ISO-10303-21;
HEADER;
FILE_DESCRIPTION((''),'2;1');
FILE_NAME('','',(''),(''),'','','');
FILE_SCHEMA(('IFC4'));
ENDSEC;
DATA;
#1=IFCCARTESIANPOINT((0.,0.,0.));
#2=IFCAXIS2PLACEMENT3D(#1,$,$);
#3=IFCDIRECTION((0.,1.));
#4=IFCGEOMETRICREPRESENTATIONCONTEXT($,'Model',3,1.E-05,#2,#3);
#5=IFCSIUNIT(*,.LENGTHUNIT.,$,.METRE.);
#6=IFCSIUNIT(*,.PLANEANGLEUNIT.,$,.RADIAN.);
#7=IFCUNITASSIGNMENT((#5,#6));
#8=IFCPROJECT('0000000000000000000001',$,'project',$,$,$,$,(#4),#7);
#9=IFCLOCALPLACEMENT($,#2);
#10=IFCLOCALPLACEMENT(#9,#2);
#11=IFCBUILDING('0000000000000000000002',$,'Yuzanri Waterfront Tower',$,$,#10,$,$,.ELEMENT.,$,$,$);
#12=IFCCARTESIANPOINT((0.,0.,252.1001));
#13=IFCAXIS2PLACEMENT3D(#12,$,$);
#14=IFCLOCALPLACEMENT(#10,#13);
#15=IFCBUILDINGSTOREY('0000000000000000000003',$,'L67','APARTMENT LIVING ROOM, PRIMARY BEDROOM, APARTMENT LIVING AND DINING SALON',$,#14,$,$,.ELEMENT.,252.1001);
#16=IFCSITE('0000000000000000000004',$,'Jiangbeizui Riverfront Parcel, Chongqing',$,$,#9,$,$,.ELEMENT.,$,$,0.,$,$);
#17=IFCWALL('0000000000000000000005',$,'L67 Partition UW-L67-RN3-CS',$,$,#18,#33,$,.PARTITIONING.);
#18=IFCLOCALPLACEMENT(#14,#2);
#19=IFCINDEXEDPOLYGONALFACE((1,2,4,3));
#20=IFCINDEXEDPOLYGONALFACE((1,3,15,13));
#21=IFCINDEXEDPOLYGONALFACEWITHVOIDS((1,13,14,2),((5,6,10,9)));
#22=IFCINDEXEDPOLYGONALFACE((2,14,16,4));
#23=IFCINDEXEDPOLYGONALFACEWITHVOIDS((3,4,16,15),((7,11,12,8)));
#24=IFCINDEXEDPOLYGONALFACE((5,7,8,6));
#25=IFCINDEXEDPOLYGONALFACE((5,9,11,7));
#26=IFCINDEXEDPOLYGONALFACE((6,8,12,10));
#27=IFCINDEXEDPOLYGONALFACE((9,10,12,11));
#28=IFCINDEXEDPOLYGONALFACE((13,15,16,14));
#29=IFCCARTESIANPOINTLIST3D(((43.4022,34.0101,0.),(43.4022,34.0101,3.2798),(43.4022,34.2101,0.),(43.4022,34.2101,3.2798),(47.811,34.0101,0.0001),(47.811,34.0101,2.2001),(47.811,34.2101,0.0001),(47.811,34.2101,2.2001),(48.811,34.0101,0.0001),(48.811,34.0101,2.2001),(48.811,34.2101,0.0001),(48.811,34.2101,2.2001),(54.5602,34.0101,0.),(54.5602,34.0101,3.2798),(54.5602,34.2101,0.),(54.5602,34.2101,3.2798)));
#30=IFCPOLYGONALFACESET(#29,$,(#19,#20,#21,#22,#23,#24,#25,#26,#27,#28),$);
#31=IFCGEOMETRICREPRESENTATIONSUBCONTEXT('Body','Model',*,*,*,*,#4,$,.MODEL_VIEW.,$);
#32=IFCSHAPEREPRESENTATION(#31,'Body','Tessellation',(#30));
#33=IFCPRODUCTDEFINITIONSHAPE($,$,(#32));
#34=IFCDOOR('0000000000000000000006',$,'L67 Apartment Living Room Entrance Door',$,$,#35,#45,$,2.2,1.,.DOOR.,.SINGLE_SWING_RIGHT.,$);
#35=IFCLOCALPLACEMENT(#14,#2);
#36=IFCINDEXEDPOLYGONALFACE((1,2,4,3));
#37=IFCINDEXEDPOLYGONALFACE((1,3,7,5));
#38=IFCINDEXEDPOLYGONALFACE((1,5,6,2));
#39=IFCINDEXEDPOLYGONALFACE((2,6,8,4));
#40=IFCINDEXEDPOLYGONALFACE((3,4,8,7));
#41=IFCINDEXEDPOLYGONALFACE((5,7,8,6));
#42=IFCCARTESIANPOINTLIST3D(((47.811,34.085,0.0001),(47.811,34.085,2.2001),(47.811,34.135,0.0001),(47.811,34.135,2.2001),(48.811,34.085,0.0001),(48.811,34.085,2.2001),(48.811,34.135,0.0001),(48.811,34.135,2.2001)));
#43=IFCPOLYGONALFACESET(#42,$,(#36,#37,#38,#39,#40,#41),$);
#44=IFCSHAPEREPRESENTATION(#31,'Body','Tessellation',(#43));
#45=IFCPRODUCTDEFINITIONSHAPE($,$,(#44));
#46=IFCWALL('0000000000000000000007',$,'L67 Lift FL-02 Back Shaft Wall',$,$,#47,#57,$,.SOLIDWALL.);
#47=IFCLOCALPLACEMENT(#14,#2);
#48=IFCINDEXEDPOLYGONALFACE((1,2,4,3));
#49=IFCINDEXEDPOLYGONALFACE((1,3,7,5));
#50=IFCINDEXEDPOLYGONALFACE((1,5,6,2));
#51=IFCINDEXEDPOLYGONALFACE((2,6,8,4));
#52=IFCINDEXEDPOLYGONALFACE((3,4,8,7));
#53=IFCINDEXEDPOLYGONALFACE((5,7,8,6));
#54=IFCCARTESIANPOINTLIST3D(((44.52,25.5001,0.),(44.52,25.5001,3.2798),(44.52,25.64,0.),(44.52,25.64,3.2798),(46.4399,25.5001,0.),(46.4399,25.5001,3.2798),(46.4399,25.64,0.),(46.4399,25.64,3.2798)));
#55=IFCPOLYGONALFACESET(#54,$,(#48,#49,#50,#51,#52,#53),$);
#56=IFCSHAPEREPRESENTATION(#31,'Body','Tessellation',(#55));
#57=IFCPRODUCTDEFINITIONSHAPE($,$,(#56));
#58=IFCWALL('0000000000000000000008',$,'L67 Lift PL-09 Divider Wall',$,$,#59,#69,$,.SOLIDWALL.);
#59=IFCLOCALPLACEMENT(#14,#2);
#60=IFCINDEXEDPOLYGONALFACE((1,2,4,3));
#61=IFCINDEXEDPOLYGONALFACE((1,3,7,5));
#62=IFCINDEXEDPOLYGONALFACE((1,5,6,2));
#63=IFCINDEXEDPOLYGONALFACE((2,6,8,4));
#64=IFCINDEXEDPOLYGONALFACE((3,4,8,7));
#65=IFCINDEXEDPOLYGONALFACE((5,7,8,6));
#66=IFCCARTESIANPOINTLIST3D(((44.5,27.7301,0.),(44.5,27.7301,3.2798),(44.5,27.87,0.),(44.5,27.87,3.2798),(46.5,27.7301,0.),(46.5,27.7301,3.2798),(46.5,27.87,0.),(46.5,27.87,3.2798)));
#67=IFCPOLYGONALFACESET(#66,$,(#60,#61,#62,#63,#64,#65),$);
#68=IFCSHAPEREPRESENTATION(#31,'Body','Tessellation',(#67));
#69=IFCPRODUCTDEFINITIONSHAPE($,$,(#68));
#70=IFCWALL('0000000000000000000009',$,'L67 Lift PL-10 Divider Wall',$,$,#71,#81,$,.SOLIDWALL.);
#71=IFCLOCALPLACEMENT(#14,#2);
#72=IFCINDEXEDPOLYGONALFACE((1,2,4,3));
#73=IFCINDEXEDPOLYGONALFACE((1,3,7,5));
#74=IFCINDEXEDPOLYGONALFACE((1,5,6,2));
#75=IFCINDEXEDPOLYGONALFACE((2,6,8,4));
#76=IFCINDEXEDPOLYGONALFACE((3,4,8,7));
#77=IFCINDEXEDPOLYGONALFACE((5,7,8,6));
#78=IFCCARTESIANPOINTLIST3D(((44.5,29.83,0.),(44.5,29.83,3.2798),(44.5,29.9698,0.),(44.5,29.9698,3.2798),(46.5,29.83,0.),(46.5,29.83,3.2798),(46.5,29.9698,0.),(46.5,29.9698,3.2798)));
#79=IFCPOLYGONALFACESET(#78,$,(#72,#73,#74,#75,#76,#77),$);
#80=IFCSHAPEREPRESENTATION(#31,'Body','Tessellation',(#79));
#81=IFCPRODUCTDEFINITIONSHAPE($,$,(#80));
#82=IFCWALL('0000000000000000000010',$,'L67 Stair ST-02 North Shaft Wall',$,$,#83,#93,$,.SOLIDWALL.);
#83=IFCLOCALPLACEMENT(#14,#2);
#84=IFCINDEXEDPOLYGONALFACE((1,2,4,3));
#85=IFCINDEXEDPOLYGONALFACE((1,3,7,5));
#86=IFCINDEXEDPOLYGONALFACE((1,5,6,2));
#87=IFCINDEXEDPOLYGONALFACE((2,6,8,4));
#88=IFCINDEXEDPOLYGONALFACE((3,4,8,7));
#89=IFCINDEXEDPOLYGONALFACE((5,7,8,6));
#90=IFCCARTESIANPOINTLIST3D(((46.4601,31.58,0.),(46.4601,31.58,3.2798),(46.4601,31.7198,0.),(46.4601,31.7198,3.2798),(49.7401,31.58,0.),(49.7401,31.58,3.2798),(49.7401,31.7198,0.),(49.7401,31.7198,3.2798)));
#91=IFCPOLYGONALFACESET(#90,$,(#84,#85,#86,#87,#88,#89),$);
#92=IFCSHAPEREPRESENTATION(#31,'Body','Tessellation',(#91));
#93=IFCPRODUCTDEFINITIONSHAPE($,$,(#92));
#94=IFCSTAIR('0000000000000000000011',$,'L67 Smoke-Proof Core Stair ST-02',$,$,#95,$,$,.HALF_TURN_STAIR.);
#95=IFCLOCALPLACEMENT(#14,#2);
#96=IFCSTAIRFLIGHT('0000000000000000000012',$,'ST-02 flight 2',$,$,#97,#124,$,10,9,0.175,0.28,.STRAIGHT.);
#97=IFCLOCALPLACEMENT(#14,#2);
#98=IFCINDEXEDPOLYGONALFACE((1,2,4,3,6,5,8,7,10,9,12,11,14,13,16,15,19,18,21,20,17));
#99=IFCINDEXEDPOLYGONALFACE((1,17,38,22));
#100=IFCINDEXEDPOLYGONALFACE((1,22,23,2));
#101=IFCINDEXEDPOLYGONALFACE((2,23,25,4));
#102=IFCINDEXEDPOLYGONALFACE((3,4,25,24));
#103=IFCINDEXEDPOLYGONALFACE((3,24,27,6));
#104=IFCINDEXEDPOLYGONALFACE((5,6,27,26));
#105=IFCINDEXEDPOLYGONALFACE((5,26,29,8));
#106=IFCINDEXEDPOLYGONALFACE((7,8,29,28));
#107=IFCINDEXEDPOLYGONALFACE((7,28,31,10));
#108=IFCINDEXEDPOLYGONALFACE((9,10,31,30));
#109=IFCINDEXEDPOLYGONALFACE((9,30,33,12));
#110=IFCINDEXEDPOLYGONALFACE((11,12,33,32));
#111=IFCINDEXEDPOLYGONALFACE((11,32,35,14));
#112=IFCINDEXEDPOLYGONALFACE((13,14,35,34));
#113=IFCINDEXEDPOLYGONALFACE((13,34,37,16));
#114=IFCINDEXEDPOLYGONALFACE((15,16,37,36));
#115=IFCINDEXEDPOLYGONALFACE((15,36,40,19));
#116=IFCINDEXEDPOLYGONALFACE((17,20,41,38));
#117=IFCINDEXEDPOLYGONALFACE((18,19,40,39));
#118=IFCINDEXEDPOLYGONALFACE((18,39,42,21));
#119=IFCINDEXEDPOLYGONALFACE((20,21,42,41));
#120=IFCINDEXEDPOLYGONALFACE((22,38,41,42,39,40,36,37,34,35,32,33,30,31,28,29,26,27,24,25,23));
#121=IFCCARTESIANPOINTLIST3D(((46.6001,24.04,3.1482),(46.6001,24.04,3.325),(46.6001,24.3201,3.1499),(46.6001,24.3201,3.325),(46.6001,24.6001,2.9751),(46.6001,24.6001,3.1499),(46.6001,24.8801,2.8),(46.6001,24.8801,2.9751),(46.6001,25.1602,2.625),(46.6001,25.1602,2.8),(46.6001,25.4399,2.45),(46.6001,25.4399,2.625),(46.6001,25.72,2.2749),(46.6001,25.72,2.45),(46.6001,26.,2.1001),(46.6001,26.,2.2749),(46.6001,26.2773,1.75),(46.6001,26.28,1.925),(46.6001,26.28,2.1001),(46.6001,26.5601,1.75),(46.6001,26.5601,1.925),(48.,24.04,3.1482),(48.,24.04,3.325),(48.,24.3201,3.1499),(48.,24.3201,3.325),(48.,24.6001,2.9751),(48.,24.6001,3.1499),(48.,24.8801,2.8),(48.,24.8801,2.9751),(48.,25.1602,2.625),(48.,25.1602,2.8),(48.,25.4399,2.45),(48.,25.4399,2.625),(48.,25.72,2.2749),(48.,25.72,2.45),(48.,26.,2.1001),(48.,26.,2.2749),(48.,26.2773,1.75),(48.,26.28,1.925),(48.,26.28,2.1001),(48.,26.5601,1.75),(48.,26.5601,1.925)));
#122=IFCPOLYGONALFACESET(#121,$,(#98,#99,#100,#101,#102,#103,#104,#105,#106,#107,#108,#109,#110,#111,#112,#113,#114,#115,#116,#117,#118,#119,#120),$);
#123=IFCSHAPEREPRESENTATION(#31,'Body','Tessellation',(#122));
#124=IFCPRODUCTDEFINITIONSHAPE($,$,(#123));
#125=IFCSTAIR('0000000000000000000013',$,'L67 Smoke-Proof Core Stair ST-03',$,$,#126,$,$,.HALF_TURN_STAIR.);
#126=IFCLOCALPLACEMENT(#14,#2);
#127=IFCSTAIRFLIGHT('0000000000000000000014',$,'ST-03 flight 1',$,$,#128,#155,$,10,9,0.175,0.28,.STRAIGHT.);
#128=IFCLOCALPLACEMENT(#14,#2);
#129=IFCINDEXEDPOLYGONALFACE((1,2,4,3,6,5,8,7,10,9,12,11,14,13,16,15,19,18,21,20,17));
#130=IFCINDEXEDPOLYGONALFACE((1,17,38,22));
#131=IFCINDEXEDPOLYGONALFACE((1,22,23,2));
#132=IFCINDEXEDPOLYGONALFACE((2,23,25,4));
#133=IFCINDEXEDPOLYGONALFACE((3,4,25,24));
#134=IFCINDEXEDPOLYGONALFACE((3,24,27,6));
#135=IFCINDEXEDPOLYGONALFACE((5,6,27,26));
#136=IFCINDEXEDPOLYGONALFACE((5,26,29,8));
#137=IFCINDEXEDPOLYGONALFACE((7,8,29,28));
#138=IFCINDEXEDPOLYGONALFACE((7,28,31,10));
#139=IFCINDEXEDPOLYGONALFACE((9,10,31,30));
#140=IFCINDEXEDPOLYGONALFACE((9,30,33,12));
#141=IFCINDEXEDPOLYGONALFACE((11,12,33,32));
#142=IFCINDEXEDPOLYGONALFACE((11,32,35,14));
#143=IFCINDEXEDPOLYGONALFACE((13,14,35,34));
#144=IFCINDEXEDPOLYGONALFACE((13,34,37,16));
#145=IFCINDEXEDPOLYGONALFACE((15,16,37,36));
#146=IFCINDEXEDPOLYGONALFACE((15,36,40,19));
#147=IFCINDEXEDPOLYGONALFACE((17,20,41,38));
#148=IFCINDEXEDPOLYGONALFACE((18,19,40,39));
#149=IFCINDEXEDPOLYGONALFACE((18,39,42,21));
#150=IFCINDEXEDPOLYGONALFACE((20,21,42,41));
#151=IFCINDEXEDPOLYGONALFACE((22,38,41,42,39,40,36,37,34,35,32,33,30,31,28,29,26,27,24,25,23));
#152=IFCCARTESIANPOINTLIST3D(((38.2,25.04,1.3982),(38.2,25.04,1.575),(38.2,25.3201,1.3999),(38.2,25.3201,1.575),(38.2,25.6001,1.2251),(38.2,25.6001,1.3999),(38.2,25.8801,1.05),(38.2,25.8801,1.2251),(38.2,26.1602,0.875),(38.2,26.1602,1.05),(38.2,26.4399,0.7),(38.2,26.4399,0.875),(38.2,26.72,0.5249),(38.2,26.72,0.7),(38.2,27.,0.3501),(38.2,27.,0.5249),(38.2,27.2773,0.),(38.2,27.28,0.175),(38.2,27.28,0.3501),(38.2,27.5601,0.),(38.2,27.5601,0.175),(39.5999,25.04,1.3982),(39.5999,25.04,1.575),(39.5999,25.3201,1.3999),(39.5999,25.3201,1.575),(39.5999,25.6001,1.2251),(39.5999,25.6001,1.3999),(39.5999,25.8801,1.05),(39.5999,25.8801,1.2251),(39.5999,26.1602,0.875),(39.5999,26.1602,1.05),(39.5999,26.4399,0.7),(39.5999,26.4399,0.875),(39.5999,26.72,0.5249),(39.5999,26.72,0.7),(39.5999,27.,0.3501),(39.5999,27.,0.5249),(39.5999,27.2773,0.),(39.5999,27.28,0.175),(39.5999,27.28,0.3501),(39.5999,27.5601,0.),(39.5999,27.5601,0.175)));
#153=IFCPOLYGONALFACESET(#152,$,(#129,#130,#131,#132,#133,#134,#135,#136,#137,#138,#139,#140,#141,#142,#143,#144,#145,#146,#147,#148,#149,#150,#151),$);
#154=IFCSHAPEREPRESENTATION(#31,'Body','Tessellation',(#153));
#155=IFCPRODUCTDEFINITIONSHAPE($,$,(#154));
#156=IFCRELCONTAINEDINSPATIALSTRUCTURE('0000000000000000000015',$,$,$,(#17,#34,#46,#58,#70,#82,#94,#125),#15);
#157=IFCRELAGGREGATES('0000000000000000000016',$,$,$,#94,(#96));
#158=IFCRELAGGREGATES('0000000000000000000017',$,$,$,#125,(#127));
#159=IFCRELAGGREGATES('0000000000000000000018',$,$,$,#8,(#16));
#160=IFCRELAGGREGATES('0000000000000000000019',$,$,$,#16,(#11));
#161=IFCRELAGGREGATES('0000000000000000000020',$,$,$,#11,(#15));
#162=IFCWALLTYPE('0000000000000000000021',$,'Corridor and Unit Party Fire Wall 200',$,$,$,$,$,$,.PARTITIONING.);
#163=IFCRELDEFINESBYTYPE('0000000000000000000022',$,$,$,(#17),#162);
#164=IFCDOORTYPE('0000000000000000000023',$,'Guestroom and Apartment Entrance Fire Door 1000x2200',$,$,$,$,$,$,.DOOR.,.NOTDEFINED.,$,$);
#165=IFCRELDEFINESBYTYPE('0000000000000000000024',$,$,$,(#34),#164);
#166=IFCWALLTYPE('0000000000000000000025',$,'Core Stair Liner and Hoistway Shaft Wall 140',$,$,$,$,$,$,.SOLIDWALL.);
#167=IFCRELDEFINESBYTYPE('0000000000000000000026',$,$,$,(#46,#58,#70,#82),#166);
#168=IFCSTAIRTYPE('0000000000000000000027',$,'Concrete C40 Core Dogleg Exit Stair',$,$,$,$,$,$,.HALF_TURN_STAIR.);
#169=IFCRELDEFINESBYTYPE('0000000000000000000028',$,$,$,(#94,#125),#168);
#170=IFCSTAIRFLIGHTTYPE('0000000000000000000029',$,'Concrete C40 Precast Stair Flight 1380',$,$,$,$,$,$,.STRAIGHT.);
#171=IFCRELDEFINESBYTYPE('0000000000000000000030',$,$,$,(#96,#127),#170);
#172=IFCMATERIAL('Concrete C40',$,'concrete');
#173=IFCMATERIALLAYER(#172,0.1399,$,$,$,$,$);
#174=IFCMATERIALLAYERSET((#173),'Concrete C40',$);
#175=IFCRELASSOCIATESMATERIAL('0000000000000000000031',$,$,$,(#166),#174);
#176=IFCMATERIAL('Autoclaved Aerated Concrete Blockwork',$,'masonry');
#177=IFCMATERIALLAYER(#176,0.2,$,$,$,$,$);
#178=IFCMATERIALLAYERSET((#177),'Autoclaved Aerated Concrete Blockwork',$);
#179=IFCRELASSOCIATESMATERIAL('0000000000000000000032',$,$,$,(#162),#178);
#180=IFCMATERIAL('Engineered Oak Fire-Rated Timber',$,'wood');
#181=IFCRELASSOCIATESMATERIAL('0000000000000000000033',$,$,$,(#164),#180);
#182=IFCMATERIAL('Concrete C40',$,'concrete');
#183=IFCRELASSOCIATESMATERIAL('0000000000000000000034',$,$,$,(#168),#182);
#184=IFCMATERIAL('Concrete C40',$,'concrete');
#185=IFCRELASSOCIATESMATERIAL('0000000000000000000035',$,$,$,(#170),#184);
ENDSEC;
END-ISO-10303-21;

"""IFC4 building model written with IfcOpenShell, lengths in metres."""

from ifc_helpers import new_model, si_unit, direction, frame, frame_2d, origin, place, context, subcontext, project, spatial, polyline, rectangle, outline, extrude, source, transform, mapped, material, layer, layer_set, type_object, element, fill, aggregate, save


model = new_model("IFC4")

# Units and contexts
model_context = context("Model", 3, precision=1e-05, world=origin(), true_north=direction((0.0, 1.0)))
body_context = subcontext(model_context, "Body", "Model", "MODEL_VIEW")
ifc_project = project(units=[si_unit("LENGTHUNIT", "METRE"), si_unit("PLANEANGLEUNIT", "RADIAN")], contexts=[model_context])

# Site, building, storey
site_placement = place(None, origin())
site = spatial("IfcSite", under=ifc_project, at=site_placement, Name="Jiangbeizui Riverfront Parcel, Chongqing", CompositionType="ELEMENT", RefElevation=0.0)
building_placement = place(site_placement, origin())
building = spatial("IfcBuilding", under=site, at=building_placement, Name="Yuzanri Waterfront Tower", CompositionType="ELEMENT")
storey_placement = place(building_placement, frame((0.0, 0.0, 252.1001)))
storey = spatial("IfcBuildingStorey", under=building, at=storey_placement, Name="L67", Description="APARTMENT LIVING ROOM, PRIMARY BEDROOM, APARTMENT LIVING AND DINING SALON", CompositionType="ELEMENT", Elevation=252.1001)

# Wall, opening, door
ifc_material_1 = material(Name="Concrete C40", Category="concrete")
ifc_layer_1 = layer(ifc_material_1, 0.1399)
ifc_layer_set_1 = layer_set([ifc_layer_1], Name="Concrete C40")
wall_type_1 = type_object("IfcWallType", Name="Core Stair Liner and Hoistway Shaft Wall 140", PredefinedType="SOLIDWALL", material=ifc_layer_set_1)
ifc_material_2 = material(Name="Autoclaved Aerated Concrete Blockwork", Category="masonry")
ifc_layer_2 = layer(ifc_material_2, 0.2)
ifc_layer_set_2 = layer_set([ifc_layer_2], Name="Autoclaved Aerated Concrete Blockwork")
wall_type_2 = type_object("IfcWallType", Name="Corridor and Unit Party Fire Wall 200", PredefinedType="PARTITIONING", material=ifc_layer_set_2)
wall_1_placement = place(storey_placement, frame((43.4021, 34.1101, 0.0), z_axis=(0.0, 0.0, 1.0), x_axis=(1.0, 0.0, 0.0)))
wall_1 = element("IfcWall", 1, at=wall_1_placement, inside=storey, type_object=wall_type_2, Name="L67 Partition UW-L67-RN3-CS", PredefinedType="PARTITIONING", context=body_context, shape_type="SweptSolid", body=[
    extrude(rectangle(XDim=11.158, YDim=0.2, at=frame_2d((5.5791, 0.0))), origin(), (0.0, 0.0, 1.0), 3.2798),
])
opening_1_placement = place(wall_1_placement, frame((4.4089, 0.0, 0.0)))
opening_1 = element("IfcOpeningElement", 2, at=opening_1_placement, cuts=wall_1, PredefinedType="OPENING", context=body_context, shape_type="SweptSolid", body=[
    extrude(rectangle(XDim=1.0, YDim=2.2, at=frame_2d((0.5, 1.1001))), frame((0.0, 0.1147, 0.0), z_axis=(0.0, -1.0, 0.0), x_axis=(1.0, 0.0, 0.0)), (0.0, 0.0, 1.0), 0.2297),
])
ifc_material_3 = material(Name="Engineered Oak Fire-Rated Timber", Category="wood")
door_type_1 = type_object("IfcDoorType", Name="Guestroom and Apartment Entrance Fire Door 1000x2200", OperationType="NOTDEFINED", PredefinedType="DOOR", material=ifc_material_3)
shared_shape_1 = source(origin(), body_context, "Body", "SweptSolid", [
    extrude(rectangle(XDim=1.0, YDim=2.2, at=frame_2d((0.5, 1.1001))), frame((0.0, 0.0249, 0.0), z_axis=(0.0, -1.0, 0.0), x_axis=(1.0, 0.0, 0.0)), (0.0, 0.0, 1.0), 0.05),
])
door_1_placement = place(opening_1_placement, origin())
door_1 = element("IfcDoor", 3, at=door_1_placement, inside=storey, type_object=door_type_1, Name="L67 Apartment Living Room Entrance Door", OperationType="SINGLE_SWING_RIGHT", OverallHeight=2.2, OverallWidth=1.0, PredefinedType="DOOR", context=body_context, shape_type="MappedRepresentation", body=[
    mapped(shared_shape_1, transform((0.0, 0.0, 0.0), scale=1.0)),
])
fill(opening_1, door_1)

# Walls
shared_shape_2 = source(origin(), body_context, "Body", "SweptSolid", [
    extrude(rectangle(XDim=1.9199, YDim=0.1399, at=frame_2d((0.96, 0.0))), origin(), (0.0, 0.0, 1.0), 3.2798),
])
wall_2_placement = place(storey_placement, frame((44.52, 25.5701, 0.0), z_axis=(0.0, 0.0, 1.0), x_axis=(1.0, 0.0, 0.0)))
element("IfcWall", 4, at=wall_2_placement, inside=storey, type_object=wall_type_1, Name="L67 Lift FL-02 Back Shaft Wall", PredefinedType="SOLIDWALL", context=body_context, shape_type="MappedRepresentation", body=[
    mapped(shared_shape_2, transform((0.0, 0.0, 0.0), scale=1.0)),
])
shared_shape_3 = source(origin(), body_context, "Body", "SweptSolid", [
    extrude(rectangle(XDim=2.0, YDim=0.1399, at=frame_2d((1.0, 0.0))), origin(), (0.0, 0.0, 1.0), 3.2798),
])
for number, where, z_axis, x_axis, name in (
    (5, (44.5, 27.8, 0.0), (0.0, 0.0, 1.0), (1.0, 0.0, 0.0), "L67 Lift PL-09 Divider Wall"),
    (6, (44.5, 29.8999, 0.0), (0.0, 0.0, 1.0), (1.0, 0.0, 0.0), "L67 Lift PL-10 Divider Wall"),
):
    element("IfcWall", number, at=place(storey_placement, frame(where, z_axis=z_axis, x_axis=x_axis)), inside=storey, type_object=wall_type_1, Name=name, PredefinedType="SOLIDWALL", context=body_context, shape_type="MappedRepresentation", body=[
        mapped(shared_shape_3, transform((0.0, 0.0, 0.0), scale=1.0)),
    ])
shared_shape_4 = source(origin(), body_context, "Body", "SweptSolid", [
    extrude(rectangle(XDim=3.28, YDim=0.1399, at=frame_2d((1.6401, 0.0))), origin(), (0.0, 0.0, 1.0), 3.2798),
])
wall_3_placement = place(storey_placement, frame((46.46, 31.6499, 0.0), z_axis=(0.0, 0.0, 1.0), x_axis=(1.0, 0.0, 0.0)))
element("IfcWall", 7, at=wall_3_placement, inside=storey, type_object=wall_type_1, Name="L67 Stair ST-02 North Shaft Wall", PredefinedType="SOLIDWALL", context=body_context, shape_type="MappedRepresentation", body=[
    mapped(shared_shape_4, transform((0.0, 0.0, 0.0), scale=1.0)),
])

# Stairs, stair flights
ifc_material_4 = material(Name="Concrete C40", Category="concrete")
stair_type = type_object("IfcStairType", Name="Concrete C40 Core Dogleg Exit Stair", PredefinedType="HALF_TURN_STAIR", material=ifc_material_4)
stair_1_placement = place(storey_placement, origin())
stair_1 = element("IfcStair", 8, at=stair_1_placement, inside=storey, type_object=stair_type, Name="L67 Smoke-Proof Core Stair ST-02", PredefinedType="HALF_TURN_STAIR")
ifc_material_5 = material(Name="Concrete C40", Category="concrete")
stair_flight_type = type_object("IfcStairFlightType", Name="Concrete C40 Precast Stair Flight 1380", PredefinedType="STRAIGHT", material=ifc_material_5)
shared_shape_5 = source(origin(), body_context, "Body", "SweptSolid", [
    extrude(outline(polyline([(0.0, 0.0), (0.0, 0.175), (0.28, 0.175), (0.28, 0.3501), (0.5601, 0.3501), (0.5601, 0.5249), (0.8401, 0.5249), (0.8401, 0.7), (1.1201, 0.7), (1.1201, 0.875), (1.3999, 0.875), (1.3999, 1.05), (1.6799, 1.05), (1.6799, 1.2251), (1.96, 1.2251), (1.96, 1.3999), (2.24, 1.3999), (2.24, 1.575), (2.52, 1.575), (2.52, 1.75), (2.52, 1.3982), (0.2827, 0.0), (0.0, 0.0)])), frame((0.0, 0.7, 0.0), z_axis=(0.0, -1.0, 0.0), x_axis=(1.0, 0.0, 0.0)), (0.0, 0.0, 1.0), 1.3999),
])
stair_flight_1_placement = place(storey_placement, frame((47.3, 26.5601, 1.75), z_axis=(0.0, 0.0, 1.0), x_axis=(0.0, -1.0, 0.0)))
stair_flight_1 = element("IfcStairFlight", 9, at=stair_flight_1_placement, type_object=stair_flight_type, Name="ST-02 flight 2", NumberOfRisers=10, NumberOfTreads=9, PredefinedType="STRAIGHT", RiserHeight=0.175, TreadLength=0.28, context=body_context, shape_type="MappedRepresentation", body=[
    mapped(shared_shape_5, transform((0.0, 0.0, 0.0), scale=1.0)),
])
aggregate(stair_1, [stair_flight_1])
stair_2_placement = place(storey_placement, origin())
stair_2 = element("IfcStair", 10, at=stair_2_placement, inside=storey, type_object=stair_type, Name="L67 Smoke-Proof Core Stair ST-03", PredefinedType="HALF_TURN_STAIR")
stair_flight_2_placement = place(storey_placement, frame((38.8999, 27.5601, 0.0), z_axis=(0.0, 0.0, 1.0), x_axis=(0.0, -1.0, 0.0)))
stair_flight_2 = element("IfcStairFlight", 11, at=stair_flight_2_placement, type_object=stair_flight_type, Name="ST-03 flight 1", NumberOfRisers=10, NumberOfTreads=9, PredefinedType="STRAIGHT", RiserHeight=0.175, TreadLength=0.28, context=body_context, shape_type="MappedRepresentation", body=[
    mapped(shared_shape_5, transform((0.0, 0.0, 0.0), scale=1.0)),
])
aggregate(stair_2, [stair_flight_2])

save(model, "model.ifc")
